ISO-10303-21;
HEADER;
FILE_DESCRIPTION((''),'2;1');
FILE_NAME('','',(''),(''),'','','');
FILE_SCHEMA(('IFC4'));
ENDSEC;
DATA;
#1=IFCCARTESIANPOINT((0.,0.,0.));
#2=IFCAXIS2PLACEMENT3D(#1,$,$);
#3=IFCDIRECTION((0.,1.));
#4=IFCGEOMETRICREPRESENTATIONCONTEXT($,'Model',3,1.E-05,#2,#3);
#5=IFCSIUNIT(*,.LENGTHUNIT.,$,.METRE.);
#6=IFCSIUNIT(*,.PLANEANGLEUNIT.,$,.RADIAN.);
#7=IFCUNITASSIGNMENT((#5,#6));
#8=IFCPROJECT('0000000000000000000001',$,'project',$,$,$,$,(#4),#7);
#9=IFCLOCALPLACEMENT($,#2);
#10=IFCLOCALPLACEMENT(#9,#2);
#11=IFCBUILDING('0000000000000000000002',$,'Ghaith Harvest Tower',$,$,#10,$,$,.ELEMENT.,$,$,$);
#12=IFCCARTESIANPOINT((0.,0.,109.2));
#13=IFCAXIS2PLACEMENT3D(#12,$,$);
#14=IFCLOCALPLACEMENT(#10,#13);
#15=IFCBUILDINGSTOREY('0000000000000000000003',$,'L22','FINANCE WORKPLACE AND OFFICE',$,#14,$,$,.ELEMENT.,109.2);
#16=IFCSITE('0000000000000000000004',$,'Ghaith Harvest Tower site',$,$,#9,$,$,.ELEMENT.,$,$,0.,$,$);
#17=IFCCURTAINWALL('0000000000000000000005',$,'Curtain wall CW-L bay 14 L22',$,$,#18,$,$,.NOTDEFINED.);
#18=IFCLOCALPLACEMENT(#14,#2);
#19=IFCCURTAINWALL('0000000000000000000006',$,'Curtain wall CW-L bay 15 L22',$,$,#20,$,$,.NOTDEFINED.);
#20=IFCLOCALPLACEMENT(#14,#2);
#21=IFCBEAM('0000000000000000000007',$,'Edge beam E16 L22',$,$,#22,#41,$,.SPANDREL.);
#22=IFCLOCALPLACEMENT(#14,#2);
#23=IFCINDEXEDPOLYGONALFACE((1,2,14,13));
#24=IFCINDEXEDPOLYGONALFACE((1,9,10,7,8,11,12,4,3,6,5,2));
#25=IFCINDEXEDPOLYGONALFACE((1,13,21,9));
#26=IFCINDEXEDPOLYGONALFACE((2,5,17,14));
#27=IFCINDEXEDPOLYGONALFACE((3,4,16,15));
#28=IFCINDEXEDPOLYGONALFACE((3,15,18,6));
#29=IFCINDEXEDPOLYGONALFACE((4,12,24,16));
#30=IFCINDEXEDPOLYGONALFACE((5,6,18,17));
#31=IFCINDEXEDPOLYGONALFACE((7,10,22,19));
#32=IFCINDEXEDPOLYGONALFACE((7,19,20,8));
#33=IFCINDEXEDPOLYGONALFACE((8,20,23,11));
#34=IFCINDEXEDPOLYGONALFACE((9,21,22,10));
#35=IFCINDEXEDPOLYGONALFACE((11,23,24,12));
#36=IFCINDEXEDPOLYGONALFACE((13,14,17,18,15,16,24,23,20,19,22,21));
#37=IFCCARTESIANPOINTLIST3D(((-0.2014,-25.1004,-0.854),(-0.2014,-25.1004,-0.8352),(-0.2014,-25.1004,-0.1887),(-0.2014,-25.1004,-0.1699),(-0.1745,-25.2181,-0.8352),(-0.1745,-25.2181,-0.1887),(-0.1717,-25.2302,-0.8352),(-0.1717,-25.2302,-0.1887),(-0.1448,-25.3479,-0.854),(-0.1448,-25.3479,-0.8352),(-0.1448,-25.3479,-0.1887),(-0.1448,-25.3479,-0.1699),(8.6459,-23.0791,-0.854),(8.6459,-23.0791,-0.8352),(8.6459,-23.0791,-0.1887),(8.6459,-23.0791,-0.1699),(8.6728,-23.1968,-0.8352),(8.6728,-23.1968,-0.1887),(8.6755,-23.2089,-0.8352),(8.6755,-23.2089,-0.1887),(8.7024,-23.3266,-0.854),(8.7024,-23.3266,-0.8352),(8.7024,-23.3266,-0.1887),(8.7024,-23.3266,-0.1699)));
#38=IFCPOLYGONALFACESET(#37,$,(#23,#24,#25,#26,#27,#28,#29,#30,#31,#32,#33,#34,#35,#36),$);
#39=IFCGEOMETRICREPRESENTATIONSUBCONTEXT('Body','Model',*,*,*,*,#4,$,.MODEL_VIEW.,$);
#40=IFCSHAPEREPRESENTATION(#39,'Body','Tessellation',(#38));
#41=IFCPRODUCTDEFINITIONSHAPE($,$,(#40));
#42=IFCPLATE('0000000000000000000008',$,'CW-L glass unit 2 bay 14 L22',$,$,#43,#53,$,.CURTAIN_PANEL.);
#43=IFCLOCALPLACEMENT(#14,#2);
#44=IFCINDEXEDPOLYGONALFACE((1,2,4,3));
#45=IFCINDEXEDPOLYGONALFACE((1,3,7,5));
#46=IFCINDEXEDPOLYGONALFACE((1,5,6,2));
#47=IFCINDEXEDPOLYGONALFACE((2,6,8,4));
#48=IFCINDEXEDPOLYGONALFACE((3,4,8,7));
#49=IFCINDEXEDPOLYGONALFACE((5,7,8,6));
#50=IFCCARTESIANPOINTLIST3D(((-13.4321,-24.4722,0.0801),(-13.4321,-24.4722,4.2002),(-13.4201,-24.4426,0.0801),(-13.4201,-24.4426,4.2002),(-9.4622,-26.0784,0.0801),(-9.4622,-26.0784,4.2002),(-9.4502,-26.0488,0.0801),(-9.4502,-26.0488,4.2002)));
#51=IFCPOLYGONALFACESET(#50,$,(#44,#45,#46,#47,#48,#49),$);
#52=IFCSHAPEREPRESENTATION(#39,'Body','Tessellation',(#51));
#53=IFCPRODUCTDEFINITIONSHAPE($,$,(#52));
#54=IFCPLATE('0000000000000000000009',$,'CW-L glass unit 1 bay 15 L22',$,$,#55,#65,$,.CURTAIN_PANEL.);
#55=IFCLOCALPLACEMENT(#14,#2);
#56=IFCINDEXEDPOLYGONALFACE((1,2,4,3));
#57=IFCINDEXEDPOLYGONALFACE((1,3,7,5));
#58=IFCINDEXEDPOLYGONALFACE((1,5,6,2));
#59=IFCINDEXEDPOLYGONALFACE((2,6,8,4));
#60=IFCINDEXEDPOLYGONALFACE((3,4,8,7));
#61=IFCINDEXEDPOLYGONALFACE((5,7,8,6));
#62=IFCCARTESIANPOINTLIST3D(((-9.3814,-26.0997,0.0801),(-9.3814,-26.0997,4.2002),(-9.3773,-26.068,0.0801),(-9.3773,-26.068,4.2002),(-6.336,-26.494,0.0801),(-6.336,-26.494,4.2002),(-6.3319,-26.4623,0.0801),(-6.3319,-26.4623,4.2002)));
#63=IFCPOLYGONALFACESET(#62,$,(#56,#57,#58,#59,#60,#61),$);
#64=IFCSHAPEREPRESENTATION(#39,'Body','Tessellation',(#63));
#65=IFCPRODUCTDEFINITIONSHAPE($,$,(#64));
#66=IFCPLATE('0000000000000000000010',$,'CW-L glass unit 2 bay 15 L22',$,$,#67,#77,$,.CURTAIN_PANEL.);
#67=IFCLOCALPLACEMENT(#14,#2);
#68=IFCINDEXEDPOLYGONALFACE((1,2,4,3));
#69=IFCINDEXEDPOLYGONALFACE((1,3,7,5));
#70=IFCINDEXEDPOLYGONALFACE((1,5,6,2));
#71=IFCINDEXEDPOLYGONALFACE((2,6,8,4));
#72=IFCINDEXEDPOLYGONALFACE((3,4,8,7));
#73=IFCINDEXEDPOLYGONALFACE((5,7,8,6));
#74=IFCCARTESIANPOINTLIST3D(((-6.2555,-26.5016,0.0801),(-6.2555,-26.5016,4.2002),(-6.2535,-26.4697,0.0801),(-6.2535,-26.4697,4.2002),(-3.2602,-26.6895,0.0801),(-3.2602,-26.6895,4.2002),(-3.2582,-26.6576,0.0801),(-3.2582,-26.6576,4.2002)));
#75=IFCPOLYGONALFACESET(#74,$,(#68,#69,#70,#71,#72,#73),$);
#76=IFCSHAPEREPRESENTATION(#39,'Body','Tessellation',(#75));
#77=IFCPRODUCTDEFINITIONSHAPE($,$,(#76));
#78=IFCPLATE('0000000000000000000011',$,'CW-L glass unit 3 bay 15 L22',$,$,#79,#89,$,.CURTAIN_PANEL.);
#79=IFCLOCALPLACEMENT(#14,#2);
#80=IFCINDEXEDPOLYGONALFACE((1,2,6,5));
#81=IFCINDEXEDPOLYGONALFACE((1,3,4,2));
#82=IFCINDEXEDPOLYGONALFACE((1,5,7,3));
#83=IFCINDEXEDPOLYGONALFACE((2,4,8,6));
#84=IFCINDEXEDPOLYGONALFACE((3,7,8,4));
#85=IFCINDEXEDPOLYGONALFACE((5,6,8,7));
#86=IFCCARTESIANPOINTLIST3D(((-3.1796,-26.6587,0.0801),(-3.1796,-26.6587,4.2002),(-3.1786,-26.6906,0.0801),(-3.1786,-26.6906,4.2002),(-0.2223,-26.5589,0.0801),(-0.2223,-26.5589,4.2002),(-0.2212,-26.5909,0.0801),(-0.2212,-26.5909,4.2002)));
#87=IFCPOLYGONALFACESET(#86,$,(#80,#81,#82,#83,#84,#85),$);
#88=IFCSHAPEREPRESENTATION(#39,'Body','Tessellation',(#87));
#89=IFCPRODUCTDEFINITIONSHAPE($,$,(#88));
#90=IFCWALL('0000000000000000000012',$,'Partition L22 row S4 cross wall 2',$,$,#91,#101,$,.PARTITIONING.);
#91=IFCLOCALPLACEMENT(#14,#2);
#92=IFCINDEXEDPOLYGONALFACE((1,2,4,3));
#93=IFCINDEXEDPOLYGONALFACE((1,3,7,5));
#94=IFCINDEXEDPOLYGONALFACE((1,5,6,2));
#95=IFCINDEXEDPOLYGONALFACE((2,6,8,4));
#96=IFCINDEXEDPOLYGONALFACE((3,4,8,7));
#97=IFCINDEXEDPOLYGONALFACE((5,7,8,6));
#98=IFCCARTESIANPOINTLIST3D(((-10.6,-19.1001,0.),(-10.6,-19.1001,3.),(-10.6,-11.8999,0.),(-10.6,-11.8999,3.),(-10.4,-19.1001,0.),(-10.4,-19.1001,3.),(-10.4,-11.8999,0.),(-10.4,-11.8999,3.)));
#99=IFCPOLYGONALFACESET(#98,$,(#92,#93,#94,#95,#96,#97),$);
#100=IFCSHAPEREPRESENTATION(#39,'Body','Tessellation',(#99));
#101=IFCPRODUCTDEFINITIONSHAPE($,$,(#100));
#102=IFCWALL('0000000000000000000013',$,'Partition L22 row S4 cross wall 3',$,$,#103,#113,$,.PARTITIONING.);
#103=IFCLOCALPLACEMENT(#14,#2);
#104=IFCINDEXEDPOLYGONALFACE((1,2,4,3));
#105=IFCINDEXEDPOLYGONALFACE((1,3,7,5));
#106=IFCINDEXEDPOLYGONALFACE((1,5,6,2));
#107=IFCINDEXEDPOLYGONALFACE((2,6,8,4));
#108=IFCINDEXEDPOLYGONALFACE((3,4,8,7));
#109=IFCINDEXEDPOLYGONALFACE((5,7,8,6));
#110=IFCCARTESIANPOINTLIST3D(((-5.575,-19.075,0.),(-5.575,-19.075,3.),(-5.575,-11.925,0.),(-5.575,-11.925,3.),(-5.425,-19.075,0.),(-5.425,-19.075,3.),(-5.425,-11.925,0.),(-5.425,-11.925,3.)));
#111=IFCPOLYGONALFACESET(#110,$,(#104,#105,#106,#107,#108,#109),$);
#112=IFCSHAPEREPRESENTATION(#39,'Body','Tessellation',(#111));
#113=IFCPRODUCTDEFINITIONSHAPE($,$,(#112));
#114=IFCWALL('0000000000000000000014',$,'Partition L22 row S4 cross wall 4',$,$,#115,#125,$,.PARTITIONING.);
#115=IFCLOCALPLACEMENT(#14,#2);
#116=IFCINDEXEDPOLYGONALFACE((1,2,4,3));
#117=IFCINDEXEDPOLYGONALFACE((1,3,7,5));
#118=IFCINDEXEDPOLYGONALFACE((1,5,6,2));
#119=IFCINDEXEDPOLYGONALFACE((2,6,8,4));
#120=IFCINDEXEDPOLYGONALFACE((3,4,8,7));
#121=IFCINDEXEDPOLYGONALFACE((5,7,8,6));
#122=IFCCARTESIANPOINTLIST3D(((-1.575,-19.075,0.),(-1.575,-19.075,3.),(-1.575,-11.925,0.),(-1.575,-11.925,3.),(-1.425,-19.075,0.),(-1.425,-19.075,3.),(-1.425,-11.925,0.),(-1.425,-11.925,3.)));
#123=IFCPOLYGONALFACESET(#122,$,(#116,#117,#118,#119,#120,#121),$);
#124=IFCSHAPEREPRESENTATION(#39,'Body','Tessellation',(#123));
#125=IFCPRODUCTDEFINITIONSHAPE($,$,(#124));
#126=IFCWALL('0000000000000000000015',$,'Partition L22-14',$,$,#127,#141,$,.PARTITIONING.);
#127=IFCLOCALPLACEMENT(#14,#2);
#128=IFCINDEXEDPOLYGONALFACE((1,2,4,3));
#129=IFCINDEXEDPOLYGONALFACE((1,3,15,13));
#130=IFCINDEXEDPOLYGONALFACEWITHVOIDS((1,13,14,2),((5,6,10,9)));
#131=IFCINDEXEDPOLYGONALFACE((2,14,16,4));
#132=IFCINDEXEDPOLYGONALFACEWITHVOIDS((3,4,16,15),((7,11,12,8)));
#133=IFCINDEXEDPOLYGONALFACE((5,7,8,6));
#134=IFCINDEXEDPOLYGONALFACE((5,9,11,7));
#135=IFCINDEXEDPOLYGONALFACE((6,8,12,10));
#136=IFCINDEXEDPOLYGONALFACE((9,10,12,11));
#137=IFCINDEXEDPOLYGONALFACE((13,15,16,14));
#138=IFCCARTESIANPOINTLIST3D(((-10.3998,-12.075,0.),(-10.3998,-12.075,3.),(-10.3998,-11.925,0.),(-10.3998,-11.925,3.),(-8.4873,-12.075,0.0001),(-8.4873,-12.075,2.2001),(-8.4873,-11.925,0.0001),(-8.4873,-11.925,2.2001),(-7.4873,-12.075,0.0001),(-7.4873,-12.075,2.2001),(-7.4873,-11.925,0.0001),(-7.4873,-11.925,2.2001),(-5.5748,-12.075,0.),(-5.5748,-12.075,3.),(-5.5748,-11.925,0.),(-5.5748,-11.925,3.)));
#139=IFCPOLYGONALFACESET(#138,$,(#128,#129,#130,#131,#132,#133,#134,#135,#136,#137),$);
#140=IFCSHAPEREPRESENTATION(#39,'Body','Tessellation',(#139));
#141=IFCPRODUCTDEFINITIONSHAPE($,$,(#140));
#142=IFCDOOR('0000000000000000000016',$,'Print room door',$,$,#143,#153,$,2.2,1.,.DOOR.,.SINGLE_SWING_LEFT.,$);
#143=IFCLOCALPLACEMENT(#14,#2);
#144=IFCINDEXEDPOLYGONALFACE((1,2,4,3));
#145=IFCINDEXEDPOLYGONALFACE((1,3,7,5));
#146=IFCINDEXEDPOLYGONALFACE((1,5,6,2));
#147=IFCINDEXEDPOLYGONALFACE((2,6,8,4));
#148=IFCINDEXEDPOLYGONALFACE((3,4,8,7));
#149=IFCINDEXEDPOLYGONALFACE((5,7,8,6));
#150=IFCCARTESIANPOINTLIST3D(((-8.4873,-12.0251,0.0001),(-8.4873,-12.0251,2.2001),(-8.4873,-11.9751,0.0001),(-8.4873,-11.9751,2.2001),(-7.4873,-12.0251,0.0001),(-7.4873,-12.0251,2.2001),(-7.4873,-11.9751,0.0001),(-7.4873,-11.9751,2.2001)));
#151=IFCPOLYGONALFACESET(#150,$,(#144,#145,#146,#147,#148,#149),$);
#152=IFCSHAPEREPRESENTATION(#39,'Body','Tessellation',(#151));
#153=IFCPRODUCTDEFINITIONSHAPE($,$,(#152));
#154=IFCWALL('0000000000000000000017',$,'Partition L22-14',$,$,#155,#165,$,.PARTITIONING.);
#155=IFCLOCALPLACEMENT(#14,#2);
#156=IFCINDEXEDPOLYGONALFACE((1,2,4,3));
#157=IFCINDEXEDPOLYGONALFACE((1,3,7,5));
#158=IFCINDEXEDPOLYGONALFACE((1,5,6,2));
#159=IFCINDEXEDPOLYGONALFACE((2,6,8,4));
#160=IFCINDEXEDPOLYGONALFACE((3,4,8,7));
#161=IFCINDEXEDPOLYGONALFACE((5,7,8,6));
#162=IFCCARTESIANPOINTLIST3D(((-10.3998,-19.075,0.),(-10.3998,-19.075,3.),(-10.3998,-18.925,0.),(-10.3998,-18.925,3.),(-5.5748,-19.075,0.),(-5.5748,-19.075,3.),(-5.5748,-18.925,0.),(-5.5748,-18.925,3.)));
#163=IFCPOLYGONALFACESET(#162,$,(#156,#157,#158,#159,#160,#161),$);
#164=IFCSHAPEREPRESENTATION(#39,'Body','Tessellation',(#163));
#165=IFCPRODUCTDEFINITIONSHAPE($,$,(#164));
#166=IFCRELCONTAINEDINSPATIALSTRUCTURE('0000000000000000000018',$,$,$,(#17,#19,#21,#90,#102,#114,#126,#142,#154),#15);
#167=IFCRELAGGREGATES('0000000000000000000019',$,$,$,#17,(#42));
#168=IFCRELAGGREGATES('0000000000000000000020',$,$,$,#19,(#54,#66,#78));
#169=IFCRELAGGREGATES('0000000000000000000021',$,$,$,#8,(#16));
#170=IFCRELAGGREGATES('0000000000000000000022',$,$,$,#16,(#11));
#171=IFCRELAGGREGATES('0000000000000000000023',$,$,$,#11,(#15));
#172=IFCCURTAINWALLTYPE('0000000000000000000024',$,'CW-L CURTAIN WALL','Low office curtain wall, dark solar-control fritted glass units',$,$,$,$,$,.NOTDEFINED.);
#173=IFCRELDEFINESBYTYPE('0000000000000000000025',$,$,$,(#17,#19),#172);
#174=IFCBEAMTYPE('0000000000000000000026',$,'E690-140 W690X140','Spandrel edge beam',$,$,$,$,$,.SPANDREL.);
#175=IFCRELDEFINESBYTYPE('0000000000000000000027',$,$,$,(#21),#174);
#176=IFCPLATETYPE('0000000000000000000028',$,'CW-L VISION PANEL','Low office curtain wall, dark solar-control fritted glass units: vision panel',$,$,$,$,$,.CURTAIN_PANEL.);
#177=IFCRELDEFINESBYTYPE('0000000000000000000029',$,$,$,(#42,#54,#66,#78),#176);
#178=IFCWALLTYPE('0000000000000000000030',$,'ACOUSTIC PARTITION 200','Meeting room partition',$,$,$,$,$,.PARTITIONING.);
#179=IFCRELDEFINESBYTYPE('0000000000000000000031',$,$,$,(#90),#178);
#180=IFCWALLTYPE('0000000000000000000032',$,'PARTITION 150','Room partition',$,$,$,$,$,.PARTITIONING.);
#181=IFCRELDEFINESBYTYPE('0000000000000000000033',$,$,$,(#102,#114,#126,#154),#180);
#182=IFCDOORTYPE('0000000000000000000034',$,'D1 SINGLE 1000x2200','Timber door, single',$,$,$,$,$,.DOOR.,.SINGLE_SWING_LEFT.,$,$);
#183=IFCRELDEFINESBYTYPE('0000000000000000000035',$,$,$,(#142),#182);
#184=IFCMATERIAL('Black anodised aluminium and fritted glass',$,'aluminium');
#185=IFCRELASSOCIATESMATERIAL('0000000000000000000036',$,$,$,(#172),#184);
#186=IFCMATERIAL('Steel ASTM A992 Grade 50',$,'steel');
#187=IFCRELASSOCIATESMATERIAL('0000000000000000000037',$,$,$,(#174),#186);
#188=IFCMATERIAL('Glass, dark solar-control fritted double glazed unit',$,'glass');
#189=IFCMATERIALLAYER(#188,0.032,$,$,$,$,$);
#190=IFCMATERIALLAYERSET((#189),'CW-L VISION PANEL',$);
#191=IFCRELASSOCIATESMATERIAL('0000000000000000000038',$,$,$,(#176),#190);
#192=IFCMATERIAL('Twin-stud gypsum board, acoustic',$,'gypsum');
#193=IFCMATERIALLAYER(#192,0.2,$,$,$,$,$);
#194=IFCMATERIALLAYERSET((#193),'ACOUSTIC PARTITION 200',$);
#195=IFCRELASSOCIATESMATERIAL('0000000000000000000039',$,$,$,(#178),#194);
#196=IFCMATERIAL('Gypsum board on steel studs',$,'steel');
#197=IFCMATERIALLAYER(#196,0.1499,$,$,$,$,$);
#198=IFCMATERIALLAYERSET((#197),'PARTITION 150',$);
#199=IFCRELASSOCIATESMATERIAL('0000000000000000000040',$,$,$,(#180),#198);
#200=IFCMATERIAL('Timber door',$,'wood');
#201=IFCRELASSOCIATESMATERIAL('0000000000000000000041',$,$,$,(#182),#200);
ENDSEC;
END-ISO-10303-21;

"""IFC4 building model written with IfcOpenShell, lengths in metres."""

from ifc_helpers import new_model, si_unit, direction, frame, frame_2d, origin, origin_2d, place, context, subcontext, project, spatial, rectangle, i_section, extrude, material, layer, layer_set, material_profile, profile_set, type_object, element, fill, aggregate, save


model = new_model("IFC4")

# Units and contexts
model_context = context("Model", 3, precision=1e-05, world=origin(), true_north=direction((0.0, 1.0)))
body_context = subcontext(model_context, "Body", "Model", "MODEL_VIEW")
ifc_project = project(units=[si_unit("LENGTHUNIT", "METRE"), si_unit("PLANEANGLEUNIT", "RADIAN")], contexts=[model_context])

# Site, building, storey
site_placement = place(None, origin())
site = spatial("IfcSite", under=ifc_project, at=site_placement, Name="Ghaith Harvest Tower site", CompositionType="ELEMENT", RefElevation=0.0)
building_placement = place(site_placement, origin())
building = spatial("IfcBuilding", under=site, at=building_placement, Name="Ghaith Harvest Tower", CompositionType="ELEMENT")
storey_placement = place(building_placement, frame((0.0, 0.0, 109.2)))
storey = spatial("IfcBuildingStorey", under=building, at=storey_placement, Name="L22", Description="FINANCE WORKPLACE AND OFFICE", CompositionType="ELEMENT", Elevation=109.2)

# Curtain wall
ifc_material_1 = material(Name="Black anodised aluminium and fritted glass", Category="aluminium")
curtain_wall_type = type_object("IfcCurtainWallType", Name="CW-L CURTAIN WALL", Description="Low office curtain wall, dark solar-control fritted glass units", PredefinedType="NOTDEFINED", material=ifc_material_1)
curtain_wall_1_placement = place(storey_placement, origin())
curtain_wall_1 = element("IfcCurtainWall", 1, at=curtain_wall_1_placement, inside=storey, type_object=curtain_wall_type, Name="Curtain wall CW-L bay 14 L22", PredefinedType="NOTDEFINED")

# Curtain wall
curtain_wall_2_placement = place(storey_placement, origin())
curtain_wall_2 = element("IfcCurtainWall", 2, at=curtain_wall_2_placement, inside=storey, type_object=curtain_wall_type, Name="Curtain wall CW-L bay 15 L22", PredefinedType="NOTDEFINED")

# Beam
ifc_material_2 = material(Name="Steel ASTM A992 Grade 50", Category="steel")
ifc_material_profile_1 = material_profile(ifc_material_2, i_section(OverallWidth=0.2539, OverallDepth=0.6841, WebThickness=0.0125, FlangeThickness=0.0188, at=origin_2d()), Name="W690X140")
ifc_profile_set_1 = profile_set([ifc_material_profile_1], Name="Steel ASTM A992 Grade 50")
beam_type = type_object("IfcBeamType", Name="E690-140 W690X140", Description="Spandrel edge beam", PredefinedType="SPANDREL", material=ifc_profile_set_1)
beam_1_placement = place(storey_placement, frame((-0.1731, -25.2241, -0.512), z_axis=(0.974882, 0.222723, 0.0), x_axis=(-0.222723, 0.974882, 0.0)))
element("IfcBeam", 3, at=beam_1_placement, inside=storey, type_object=beam_type, Name="Edge beam E16 L22", PredefinedType="SPANDREL", context=body_context, shape_type="SweptSolid", body=[
    extrude(i_section(OverallWidth=0.2539, OverallDepth=0.6841, WebThickness=0.0125, FlangeThickness=0.0188, at=origin_2d()), origin(), (0.0, 0.0, 1.0), 9.0752),
])

# Plates
ifc_material_3 = material(Name="Glass, dark solar-control fritted double glazed unit", Category="glass")
ifc_layer_1 = layer(ifc_material_3, 0.032)
ifc_layer_set_1 = layer_set([ifc_layer_1], Name="CW-L VISION PANEL")
plate_type = type_object("IfcPlateType", Name="CW-L VISION PANEL", Description="Low office curtain wall, dark solar-control fritted glass units: vision panel", PredefinedType="CURTAIN_PANEL", material=ifc_layer_set_1)
plate_1_placement = place(storey_placement, frame((-11.4412, -25.2605, 0.0801), z_axis=(0.0, 0.0, 1.0), x_axis=(0.927003, -0.375055, 0.0)))
plate_1 = element("IfcPlate", 4, at=plate_1_placement, type_object=plate_type, Name="CW-L glass unit 2 bay 14 L22", PredefinedType="CURTAIN_PANEL", context=body_context, shape_type="SweptSolid", body=[
    extrude(rectangle(XDim=4.2825, YDim=0.032, at=origin_2d()), origin(), (0.0, 0.0, 1.0), 4.1201),
])
aggregate(curtain_wall_1, [plate_1])
plate_2_placement = place(storey_placement, frame((-7.8567, -26.281, 0.0801), z_axis=(0.0, 0.0, 1.0), x_axis=(0.991723, -0.128392, 0.0)))
plate_2 = element("IfcPlate", 5, at=plate_2_placement, type_object=plate_type, Name="CW-L glass unit 1 bay 15 L22", PredefinedType="CURTAIN_PANEL", context=body_context, shape_type="SweptSolid", body=[
    extrude(rectangle(XDim=3.0708, YDim=0.032, at=origin_2d()), origin(), (0.0, 0.0, 1.0), 4.1201),
])
plate_3_placement = place(storey_placement, frame((-4.7568, -26.5796, 0.0801), z_axis=(0.0, 0.0, 1.0), x_axis=(0.998038, -0.062607, 0.0)))
plate_3 = element("IfcPlate", 6, at=plate_3_placement, type_object=plate_type, Name="CW-L glass unit 2 bay 15 L22", PredefinedType="CURTAIN_PANEL", context=body_context, shape_type="SweptSolid", body=[
    extrude(rectangle(XDim=3.0012, YDim=0.032, at=origin_2d()), origin(), (0.0, 0.0, 1.0), 4.1201),
])
plate_4_placement = place(storey_placement, frame((-1.7004, -26.6248, 0.0801), z_axis=(0.0, 0.0, 1.0), x_axis=(0.999432, 0.033714, 0.0)))
plate_4 = element("IfcPlate", 7, at=plate_4_placement, type_object=plate_type, Name="CW-L glass unit 3 bay 15 L22", PredefinedType="CURTAIN_PANEL", context=body_context, shape_type="SweptSolid", body=[
    extrude(rectangle(XDim=2.959, YDim=0.032, at=origin_2d()), origin(), (0.0, 0.0, 1.0), 4.1201),
])
aggregate(curtain_wall_2, [plate_2, plate_3, plate_4])

# Walls
ifc_material_4 = material(Name="Twin-stud gypsum board, acoustic", Category="gypsum")
ifc_layer_2 = layer(ifc_material_4, 0.2)
ifc_layer_set_2 = layer_set([ifc_layer_2], Name="ACOUSTIC PARTITION 200")
wall_type_1 = type_object("IfcWallType", Name="ACOUSTIC PARTITION 200", Description="Meeting room partition", PredefinedType="PARTITIONING", material=ifc_layer_set_2)
wall_1_placement = place(storey_placement, frame((-10.5, -11.8999, 0.0), z_axis=(0.0, 0.0, 1.0), x_axis=(0.0, -1.0, 0.0)))
element("IfcWall", 8, at=wall_1_placement, inside=storey, type_object=wall_type_1, Name="Partition L22 row S4 cross wall 2", PredefinedType="PARTITIONING", context=body_context, shape_type="SweptSolid", body=[
    extrude(rectangle(XDim=7.2002, YDim=0.2, at=frame_2d((3.6001, 0.0))), origin(), (0.0, 0.0, 1.0), 3.0),
])
ifc_material_5 = material(Name="Gypsum board on steel studs", Category="steel")
ifc_layer_3 = layer(ifc_material_5, 0.1499)
ifc_layer_set_3 = layer_set([ifc_layer_3], Name="PARTITION 150")
wall_type_2 = type_object("IfcWallType", Name="PARTITION 150", Description="Room partition", PredefinedType="PARTITIONING", material=ifc_layer_set_3)
for number, where, z_axis, x_axis, name in (
    (9, (-5.5, -11.925, 0.0), (0.0, 0.0, 1.0), (0.0, -1.0, 0.0), "Partition L22 row S4 cross wall 3"),
    (10, (-1.5, -11.925, 0.0), (0.0, 0.0, 1.0), (0.0, -1.0, 0.0), "Partition L22 row S4 cross wall 4"),
):
    element("IfcWall", number, at=place(storey_placement, frame(where, z_axis=z_axis, x_axis=x_axis)), inside=storey, type_object=wall_type_2, Name=name, PredefinedType="PARTITIONING", context=body_context, shape_type="SweptSolid", body=[
        extrude(rectangle(XDim=7.1499, YDim=0.1499, at=frame_2d((3.575, 0.0))), origin(), (0.0, 0.0, 1.0), 3.0),
    ])

# Wall, opening, door
wall_2_placement = place(storey_placement, frame((-10.3999, -12.0, 0.0), z_axis=(0.0, 0.0, 1.0), x_axis=(1.0, 0.0, 0.0)))
wall_2 = element("IfcWall", 11, at=wall_2_placement, inside=storey, type_object=wall_type_2, Name="Partition L22-14", PredefinedType="PARTITIONING", context=body_context, shape_type="SweptSolid", body=[
    extrude(rectangle(XDim=4.825, YDim=0.1499, at=frame_2d((2.4126, 0.0))), origin(), (0.0, 0.0, 1.0), 3.0),
])
opening_1_placement = place(wall_2_placement, frame((1.9126, 0.0, 0.0)))
opening_1 = element("IfcOpeningElement", 12, at=opening_1_placement, cuts=wall_2, PredefinedType="OPENING", context=body_context, shape_type="SweptSolid", body=[
    extrude(rectangle(XDim=1.0, YDim=2.2, at=frame_2d((0.5, 1.1001))), frame((0.0, 0.085, 0.0), z_axis=(0.0, -1.0, 0.0), x_axis=(1.0, 0.0, 0.0)), (0.0, 0.0, 1.0), 0.1699),
])
ifc_material_6 = material(Name="Timber door", Category="wood")
door_type = type_object("IfcDoorType", Name="D1 SINGLE 1000x2200", Description="Timber door, single", OperationType="SINGLE_SWING_LEFT", PredefinedType="DOOR", material=ifc_material_6)
door_1_placement = place(opening_1_placement, origin())
door_1 = element("IfcDoor", 13, at=door_1_placement, inside=storey, type_object=door_type, Name="Print room door", OperationType="SINGLE_SWING_LEFT", OverallHeight=2.2, OverallWidth=1.0, PredefinedType="DOOR", context=body_context, shape_type="SweptSolid", body=[
    extrude(rectangle(XDim=1.0, YDim=2.2, at=frame_2d((0.5, 1.1001))), frame((0.0, 0.0249, 0.0), z_axis=(0.0, -1.0, 0.0), x_axis=(1.0, 0.0, 0.0)), (0.0, 0.0, 1.0), 0.05),
])
fill(opening_1, door_1)

# Wall
wall_3_placement = place(storey_placement, frame((-10.3999, -19.0, 0.0), z_axis=(0.0, 0.0, 1.0), x_axis=(1.0, 0.0, 0.0)))
element("IfcWall", 14, at=wall_3_placement, inside=storey, type_object=wall_type_2, Name="Partition L22-14", PredefinedType="PARTITIONING", context=body_context, shape_type="SweptSolid", body=[
    extrude(rectangle(XDim=4.825, YDim=0.1499, at=frame_2d((2.4126, 0.0))), origin(), (0.0, 0.0, 1.0), 3.0),
])

save(model, "model.ifc")
